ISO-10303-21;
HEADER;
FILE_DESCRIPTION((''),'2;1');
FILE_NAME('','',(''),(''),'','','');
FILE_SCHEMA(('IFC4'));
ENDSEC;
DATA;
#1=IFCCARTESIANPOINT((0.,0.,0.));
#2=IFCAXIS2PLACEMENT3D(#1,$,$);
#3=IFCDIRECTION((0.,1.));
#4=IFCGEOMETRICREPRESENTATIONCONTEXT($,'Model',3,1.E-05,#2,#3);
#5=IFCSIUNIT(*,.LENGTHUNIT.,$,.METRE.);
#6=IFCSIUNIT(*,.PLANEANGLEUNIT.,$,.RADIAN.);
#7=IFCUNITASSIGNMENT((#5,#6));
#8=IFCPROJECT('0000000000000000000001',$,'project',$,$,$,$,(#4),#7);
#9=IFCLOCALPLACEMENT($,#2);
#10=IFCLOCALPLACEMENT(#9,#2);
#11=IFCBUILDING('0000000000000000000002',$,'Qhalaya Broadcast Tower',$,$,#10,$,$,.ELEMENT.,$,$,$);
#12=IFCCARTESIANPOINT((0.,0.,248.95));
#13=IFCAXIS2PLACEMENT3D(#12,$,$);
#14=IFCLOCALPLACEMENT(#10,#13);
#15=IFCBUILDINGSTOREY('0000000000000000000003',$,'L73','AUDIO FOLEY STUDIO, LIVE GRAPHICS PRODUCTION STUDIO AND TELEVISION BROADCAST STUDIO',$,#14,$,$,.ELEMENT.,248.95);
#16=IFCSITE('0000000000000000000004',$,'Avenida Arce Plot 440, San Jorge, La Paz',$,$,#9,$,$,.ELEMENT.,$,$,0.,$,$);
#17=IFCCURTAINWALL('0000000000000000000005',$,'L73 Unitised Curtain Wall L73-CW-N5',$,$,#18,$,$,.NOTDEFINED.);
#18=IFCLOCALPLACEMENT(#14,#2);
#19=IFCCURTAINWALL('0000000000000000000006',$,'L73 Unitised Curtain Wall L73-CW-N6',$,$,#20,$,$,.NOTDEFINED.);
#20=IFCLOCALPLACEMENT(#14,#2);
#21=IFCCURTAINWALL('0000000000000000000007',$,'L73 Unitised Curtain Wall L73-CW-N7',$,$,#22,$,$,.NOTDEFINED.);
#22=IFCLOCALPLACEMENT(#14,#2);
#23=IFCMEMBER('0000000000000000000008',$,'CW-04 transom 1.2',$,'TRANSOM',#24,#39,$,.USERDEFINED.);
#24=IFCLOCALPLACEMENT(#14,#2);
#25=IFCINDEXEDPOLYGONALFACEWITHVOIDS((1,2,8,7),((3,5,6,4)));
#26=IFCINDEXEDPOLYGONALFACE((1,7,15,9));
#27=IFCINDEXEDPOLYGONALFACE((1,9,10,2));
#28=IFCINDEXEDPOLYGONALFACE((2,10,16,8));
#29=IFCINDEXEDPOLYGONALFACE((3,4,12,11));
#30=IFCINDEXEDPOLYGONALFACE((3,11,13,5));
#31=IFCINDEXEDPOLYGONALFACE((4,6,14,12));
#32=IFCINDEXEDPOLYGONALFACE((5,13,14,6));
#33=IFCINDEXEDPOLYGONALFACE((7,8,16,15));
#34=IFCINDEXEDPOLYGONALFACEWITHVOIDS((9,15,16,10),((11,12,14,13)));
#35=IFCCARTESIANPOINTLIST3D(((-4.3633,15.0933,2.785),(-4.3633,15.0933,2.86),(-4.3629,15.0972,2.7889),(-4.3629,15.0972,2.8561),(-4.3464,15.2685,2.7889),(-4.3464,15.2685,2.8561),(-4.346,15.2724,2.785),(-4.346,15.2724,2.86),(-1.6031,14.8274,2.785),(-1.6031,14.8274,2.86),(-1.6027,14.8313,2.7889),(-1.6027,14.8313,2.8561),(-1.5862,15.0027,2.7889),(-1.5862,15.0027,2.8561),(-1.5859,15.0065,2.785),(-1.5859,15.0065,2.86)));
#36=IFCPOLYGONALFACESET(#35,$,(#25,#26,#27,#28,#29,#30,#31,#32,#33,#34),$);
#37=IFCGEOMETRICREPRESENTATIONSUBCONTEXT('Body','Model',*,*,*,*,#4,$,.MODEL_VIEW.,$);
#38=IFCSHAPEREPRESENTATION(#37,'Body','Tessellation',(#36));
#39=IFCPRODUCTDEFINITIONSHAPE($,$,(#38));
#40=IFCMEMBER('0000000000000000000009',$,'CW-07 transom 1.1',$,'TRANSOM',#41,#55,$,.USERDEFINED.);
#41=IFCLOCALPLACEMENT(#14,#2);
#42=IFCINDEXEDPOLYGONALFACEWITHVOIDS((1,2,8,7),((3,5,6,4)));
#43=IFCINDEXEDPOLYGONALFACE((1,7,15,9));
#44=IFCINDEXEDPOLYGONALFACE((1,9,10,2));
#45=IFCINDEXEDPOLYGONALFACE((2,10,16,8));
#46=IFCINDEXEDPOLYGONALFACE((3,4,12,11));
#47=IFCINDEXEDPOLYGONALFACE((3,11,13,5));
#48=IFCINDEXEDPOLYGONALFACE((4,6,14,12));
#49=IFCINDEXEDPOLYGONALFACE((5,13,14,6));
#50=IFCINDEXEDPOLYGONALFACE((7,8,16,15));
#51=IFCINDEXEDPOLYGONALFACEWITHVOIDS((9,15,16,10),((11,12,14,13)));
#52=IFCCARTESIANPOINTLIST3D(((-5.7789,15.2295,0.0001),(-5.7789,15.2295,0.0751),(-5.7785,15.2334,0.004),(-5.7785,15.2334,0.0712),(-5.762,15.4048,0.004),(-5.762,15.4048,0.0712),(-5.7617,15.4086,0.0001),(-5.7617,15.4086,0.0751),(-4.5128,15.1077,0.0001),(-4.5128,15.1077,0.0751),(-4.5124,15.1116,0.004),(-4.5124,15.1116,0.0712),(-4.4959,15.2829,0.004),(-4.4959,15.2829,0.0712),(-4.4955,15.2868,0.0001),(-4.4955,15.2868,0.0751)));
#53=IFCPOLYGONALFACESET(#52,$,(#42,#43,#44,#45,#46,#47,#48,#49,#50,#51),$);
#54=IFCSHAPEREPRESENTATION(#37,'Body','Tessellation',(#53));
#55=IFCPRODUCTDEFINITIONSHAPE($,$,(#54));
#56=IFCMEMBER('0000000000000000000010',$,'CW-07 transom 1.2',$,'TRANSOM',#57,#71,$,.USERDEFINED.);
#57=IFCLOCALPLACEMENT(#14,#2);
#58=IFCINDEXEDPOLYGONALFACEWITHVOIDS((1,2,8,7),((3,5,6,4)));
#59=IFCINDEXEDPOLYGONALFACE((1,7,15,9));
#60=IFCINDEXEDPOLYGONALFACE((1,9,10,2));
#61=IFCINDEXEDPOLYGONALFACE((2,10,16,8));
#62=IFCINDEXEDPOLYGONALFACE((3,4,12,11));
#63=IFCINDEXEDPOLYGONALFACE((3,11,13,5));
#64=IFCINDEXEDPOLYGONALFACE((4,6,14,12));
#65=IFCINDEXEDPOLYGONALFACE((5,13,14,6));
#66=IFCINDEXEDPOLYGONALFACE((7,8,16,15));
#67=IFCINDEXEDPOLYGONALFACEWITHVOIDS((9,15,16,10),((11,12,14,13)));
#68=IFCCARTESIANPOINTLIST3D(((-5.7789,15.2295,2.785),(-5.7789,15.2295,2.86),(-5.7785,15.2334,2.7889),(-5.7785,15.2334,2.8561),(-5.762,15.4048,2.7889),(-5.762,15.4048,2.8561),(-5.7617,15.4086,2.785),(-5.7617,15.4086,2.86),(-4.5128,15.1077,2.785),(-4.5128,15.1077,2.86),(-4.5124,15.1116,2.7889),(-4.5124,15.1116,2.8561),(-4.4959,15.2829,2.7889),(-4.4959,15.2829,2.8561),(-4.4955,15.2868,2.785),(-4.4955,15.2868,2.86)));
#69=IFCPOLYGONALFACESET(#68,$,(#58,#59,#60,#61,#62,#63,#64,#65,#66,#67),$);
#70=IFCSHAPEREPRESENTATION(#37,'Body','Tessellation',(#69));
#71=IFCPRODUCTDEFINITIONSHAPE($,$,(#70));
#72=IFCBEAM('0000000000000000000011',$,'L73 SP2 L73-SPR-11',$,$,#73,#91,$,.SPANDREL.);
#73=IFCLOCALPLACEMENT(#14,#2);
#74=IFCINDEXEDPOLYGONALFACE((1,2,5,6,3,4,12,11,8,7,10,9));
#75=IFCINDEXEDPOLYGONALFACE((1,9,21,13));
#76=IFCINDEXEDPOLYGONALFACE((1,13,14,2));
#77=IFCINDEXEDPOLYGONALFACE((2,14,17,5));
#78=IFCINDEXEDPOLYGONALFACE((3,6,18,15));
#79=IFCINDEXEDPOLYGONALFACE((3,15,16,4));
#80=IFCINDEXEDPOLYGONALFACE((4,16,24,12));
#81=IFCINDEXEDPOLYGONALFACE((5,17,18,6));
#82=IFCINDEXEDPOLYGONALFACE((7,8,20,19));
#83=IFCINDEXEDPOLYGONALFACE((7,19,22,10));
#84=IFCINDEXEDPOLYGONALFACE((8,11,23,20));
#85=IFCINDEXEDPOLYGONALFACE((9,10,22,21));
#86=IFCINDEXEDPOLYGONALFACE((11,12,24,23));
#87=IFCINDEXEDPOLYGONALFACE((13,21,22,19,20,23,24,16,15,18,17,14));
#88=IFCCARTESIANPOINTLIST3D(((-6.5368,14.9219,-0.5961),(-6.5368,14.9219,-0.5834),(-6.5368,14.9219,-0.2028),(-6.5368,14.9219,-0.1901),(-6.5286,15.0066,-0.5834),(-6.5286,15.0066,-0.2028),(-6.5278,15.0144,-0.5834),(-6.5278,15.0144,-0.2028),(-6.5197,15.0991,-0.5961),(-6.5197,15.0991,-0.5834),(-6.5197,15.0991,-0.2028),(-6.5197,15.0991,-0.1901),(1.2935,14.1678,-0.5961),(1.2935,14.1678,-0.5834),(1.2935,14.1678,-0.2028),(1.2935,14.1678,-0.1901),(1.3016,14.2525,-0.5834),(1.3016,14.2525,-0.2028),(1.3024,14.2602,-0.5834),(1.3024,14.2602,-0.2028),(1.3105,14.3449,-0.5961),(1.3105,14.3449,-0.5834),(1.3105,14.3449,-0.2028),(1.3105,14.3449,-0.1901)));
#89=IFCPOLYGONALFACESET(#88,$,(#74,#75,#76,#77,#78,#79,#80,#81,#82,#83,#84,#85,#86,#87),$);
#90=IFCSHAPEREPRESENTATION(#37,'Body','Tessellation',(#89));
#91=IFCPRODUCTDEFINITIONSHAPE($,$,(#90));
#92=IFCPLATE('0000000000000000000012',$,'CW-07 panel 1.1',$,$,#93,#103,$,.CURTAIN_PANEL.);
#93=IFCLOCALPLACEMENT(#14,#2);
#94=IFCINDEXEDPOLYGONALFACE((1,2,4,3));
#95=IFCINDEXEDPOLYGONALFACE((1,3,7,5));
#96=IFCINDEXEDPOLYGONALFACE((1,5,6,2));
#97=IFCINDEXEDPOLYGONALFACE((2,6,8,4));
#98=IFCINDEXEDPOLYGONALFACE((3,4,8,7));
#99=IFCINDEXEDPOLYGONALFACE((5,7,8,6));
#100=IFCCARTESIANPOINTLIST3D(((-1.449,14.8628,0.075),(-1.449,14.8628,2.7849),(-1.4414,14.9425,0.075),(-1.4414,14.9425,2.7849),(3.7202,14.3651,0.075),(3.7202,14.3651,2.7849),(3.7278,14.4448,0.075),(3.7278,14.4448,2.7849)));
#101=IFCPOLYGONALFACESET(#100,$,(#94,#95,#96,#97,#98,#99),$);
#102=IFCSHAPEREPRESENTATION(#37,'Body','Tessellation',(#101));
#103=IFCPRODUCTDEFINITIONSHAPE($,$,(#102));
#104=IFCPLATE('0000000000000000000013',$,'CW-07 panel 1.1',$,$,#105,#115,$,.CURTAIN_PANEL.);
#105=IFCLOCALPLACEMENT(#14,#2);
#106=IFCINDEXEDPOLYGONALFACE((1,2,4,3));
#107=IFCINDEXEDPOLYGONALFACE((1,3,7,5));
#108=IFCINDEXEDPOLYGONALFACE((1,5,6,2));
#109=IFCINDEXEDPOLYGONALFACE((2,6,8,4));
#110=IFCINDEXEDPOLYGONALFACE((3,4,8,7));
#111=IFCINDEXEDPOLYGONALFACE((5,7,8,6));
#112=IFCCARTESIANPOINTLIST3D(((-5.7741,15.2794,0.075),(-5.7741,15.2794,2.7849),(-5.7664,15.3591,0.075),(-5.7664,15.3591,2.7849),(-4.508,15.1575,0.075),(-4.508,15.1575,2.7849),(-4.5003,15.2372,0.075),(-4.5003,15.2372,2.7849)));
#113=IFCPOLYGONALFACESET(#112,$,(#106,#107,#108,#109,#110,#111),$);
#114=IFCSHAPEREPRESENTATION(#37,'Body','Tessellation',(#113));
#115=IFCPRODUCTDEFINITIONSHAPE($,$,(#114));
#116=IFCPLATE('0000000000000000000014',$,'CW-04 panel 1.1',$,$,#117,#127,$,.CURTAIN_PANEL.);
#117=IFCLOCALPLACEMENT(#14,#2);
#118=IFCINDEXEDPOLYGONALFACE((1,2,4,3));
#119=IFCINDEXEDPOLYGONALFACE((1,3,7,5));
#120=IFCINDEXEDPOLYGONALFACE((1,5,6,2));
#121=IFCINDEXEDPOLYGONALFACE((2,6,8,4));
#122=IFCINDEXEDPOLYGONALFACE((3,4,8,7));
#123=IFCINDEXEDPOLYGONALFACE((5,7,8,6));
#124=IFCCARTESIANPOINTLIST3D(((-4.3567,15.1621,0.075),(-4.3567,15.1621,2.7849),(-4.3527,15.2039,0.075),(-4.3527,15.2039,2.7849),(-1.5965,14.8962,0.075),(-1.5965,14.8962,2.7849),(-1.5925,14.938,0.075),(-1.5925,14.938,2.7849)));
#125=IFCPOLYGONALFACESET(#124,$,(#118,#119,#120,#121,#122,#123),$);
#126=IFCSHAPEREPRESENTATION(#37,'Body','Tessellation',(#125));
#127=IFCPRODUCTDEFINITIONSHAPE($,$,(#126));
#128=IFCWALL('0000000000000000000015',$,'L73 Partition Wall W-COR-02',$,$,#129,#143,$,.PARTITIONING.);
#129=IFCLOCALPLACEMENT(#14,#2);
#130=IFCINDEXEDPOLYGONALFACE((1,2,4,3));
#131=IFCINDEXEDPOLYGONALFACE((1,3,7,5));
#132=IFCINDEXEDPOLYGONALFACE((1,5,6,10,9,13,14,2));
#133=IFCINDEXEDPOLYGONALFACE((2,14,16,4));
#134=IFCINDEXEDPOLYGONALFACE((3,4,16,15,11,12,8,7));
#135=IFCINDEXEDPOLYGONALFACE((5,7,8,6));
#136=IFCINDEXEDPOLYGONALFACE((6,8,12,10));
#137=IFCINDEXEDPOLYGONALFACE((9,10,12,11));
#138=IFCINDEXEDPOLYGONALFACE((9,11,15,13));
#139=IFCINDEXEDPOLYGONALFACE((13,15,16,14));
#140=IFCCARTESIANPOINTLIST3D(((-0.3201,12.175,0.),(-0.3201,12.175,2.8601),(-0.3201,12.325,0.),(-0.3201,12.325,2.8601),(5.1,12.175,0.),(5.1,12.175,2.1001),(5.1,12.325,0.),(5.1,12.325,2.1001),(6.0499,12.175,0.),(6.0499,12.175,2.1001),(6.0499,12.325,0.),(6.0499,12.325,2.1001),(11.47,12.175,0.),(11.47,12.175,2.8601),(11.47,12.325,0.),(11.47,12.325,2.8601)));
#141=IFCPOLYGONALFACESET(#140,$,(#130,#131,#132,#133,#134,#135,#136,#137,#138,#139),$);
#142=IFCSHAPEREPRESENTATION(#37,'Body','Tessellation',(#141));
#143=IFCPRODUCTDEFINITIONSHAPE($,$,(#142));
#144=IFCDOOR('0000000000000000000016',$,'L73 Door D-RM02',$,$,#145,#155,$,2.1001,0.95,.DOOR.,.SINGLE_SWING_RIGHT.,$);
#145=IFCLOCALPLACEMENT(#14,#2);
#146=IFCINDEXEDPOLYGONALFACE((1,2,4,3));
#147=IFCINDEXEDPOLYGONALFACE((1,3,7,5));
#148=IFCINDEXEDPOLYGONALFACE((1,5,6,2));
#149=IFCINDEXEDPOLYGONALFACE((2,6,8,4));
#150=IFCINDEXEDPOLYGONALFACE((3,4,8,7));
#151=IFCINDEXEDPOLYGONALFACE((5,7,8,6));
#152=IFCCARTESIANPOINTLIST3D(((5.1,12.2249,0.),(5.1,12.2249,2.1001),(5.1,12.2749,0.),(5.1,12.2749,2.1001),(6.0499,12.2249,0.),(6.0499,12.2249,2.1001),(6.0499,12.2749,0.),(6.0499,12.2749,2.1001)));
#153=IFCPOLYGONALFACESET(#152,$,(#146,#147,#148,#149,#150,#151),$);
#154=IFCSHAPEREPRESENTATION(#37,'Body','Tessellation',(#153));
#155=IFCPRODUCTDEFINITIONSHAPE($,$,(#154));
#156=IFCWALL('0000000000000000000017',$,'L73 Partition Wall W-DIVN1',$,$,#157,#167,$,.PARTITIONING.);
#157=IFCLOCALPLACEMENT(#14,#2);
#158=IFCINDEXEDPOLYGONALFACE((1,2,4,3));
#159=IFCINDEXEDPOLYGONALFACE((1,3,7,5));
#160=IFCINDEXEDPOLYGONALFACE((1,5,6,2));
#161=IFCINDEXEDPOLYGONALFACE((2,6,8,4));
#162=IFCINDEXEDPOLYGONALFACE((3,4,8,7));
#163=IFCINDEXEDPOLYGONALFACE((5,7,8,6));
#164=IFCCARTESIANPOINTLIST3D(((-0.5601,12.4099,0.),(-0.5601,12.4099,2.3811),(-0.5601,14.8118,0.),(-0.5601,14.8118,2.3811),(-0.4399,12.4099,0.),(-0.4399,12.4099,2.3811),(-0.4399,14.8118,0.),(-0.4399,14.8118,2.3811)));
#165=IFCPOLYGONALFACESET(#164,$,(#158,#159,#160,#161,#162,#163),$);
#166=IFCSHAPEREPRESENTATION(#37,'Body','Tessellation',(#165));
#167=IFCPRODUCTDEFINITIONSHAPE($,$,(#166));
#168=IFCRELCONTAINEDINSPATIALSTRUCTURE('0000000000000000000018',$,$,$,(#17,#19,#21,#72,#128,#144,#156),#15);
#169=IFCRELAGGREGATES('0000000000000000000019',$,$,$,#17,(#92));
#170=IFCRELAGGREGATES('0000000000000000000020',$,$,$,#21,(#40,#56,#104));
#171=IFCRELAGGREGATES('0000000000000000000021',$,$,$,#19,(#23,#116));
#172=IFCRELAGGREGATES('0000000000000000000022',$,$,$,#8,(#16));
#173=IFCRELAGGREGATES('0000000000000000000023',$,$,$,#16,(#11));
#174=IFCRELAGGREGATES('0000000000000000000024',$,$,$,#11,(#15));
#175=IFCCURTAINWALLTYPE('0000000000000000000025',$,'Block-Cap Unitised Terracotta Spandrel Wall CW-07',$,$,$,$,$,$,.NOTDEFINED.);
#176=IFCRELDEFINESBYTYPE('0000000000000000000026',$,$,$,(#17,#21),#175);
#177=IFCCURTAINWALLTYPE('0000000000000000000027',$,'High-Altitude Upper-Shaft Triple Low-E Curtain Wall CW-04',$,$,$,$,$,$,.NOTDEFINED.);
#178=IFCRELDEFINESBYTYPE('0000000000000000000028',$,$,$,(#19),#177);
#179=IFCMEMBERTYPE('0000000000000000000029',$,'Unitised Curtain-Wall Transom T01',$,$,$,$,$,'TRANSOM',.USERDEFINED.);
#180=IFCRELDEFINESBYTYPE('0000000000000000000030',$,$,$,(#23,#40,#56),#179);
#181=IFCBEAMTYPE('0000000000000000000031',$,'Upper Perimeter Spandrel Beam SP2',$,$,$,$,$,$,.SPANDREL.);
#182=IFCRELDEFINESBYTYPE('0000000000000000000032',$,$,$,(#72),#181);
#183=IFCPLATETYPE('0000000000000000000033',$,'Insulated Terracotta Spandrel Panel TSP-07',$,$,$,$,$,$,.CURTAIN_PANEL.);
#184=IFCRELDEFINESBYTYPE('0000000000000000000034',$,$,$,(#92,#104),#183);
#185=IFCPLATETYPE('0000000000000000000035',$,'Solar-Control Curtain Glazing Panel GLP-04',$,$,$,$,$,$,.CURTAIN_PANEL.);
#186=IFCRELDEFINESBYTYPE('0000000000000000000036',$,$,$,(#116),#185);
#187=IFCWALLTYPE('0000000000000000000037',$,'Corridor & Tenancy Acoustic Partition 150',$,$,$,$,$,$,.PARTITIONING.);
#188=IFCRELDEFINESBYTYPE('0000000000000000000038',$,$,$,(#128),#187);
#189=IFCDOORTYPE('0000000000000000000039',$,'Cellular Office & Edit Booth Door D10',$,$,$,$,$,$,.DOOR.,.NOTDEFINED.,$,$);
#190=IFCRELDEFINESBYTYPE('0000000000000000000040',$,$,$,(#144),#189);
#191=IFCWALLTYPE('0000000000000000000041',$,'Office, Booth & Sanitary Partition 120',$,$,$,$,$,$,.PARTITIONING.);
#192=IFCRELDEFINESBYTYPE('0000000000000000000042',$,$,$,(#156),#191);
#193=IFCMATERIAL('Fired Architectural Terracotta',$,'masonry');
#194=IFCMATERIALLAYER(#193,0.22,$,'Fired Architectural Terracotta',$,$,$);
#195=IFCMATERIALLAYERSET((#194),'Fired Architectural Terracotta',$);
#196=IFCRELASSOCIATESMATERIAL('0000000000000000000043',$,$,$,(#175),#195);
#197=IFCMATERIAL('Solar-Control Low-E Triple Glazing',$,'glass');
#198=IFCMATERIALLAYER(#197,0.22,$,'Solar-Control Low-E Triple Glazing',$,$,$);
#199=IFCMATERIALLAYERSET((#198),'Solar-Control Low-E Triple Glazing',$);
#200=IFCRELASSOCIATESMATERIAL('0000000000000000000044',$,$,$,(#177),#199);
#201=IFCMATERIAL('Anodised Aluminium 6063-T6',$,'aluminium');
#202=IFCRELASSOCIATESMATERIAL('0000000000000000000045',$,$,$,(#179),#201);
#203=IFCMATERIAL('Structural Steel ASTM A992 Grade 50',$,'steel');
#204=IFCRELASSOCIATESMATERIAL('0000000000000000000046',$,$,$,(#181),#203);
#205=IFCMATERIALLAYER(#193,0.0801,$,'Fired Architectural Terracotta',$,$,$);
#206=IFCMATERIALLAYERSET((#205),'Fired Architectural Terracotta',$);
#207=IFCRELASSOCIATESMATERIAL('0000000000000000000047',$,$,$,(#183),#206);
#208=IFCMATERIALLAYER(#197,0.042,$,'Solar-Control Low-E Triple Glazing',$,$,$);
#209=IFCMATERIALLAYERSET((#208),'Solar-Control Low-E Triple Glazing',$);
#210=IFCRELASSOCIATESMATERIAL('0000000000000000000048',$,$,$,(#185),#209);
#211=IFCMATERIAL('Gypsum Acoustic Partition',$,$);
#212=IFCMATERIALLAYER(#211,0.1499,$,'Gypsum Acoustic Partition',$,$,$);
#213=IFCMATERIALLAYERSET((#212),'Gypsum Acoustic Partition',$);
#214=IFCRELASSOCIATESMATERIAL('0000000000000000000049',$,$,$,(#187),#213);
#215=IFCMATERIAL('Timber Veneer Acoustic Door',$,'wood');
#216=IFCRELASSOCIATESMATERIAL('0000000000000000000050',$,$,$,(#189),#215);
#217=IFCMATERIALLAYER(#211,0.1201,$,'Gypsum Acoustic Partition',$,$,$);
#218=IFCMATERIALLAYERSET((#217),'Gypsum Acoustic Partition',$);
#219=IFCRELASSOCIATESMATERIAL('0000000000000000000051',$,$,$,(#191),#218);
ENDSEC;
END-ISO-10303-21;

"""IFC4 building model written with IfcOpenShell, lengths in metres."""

from ifc_helpers import new_model, si_unit, direction, frame, frame_2d, origin, origin_2d, place, context, subcontext, project, spatial, rectangle, hollow_rectangle, i_section, extrude, material, layer, layer_set, material_profile, profile_set, type_object, element, fill, aggregate, save


model = new_model("IFC4")

# Units and contexts
model_context = context("Model", 3, precision=1e-05, world=origin(), true_north=direction((0.0, 1.0)))
body_context = subcontext(model_context, "Body", "Model", "MODEL_VIEW")
ifc_project = project(units=[si_unit("LENGTHUNIT", "METRE"), si_unit("PLANEANGLEUNIT", "RADIAN")], contexts=[model_context])

# Site, building, storey
site_placement = place(None, origin())
site = spatial("IfcSite", under=ifc_project, at=site_placement, Name="Avenida Arce Plot 440, San Jorge, La Paz", CompositionType="ELEMENT", RefElevation=0.0)
building_placement = place(site_placement, origin())
building = spatial("IfcBuilding", under=site, at=building_placement, Name="Qhalaya Broadcast Tower", CompositionType="ELEMENT")
storey_placement = place(building_placement, frame((0.0, 0.0, 248.95)))
storey = spatial("IfcBuildingStorey", under=building, at=storey_placement, Name="L73", Description="AUDIO FOLEY STUDIO, LIVE GRAPHICS PRODUCTION STUDIO AND TELEVISION BROADCAST STUDIO", CompositionType="ELEMENT", Elevation=248.95)

# Shared definitions
ifc_material_1 = material(Name="Structural Steel ASTM A992 Grade 50", Category="steel")

# Curtain wall
ifc_material_2 = material(Name="Fired Architectural Terracotta", Category="masonry")
ifc_layer_1 = layer(ifc_material_2, 0.22, Name="Fired Architectural Terracotta")
ifc_layer_set_1 = layer_set([ifc_layer_1], Name="Fired Architectural Terracotta")
curtain_wall_type_1 = type_object("IfcCurtainWallType", Name="Block-Cap Unitised Terracotta Spandrel Wall CW-07", PredefinedType="NOTDEFINED", material=ifc_layer_set_1)
curtain_wall_1_placement = place(storey_placement, origin())
curtain_wall_1 = element("IfcCurtainWall", 1, at=curtain_wall_1_placement, inside=storey, type_object=curtain_wall_type_1, Name="L73 Unitised Curtain Wall L73-CW-N5", PredefinedType="NOTDEFINED")
ifc_material_3 = material(Name="Anodised Aluminium 6063-T6", Category="aluminium")

# Curtain walls
ifc_material_4 = material(Name="Solar-Control Low-E Triple Glazing", Category="glass")
ifc_layer_2 = layer(ifc_material_4, 0.22, Name="Solar-Control Low-E Triple Glazing")
ifc_layer_set_2 = layer_set([ifc_layer_2], Name="Solar-Control Low-E Triple Glazing")
curtain_wall_type_2 = type_object("IfcCurtainWallType", Name="High-Altitude Upper-Shaft Triple Low-E Curtain Wall CW-04", PredefinedType="NOTDEFINED", material=ifc_layer_set_2)
curtain_wall_2_placement = place(storey_placement, origin())
curtain_wall_2 = element("IfcCurtainWall", 2, at=curtain_wall_2_placement, inside=storey, type_object=curtain_wall_type_2, Name="L73 Unitised Curtain Wall L73-CW-N6", PredefinedType="NOTDEFINED")
curtain_wall_3_placement = place(storey_placement, origin())
curtain_wall_3 = element("IfcCurtainWall", 3, at=curtain_wall_3_placement, inside=storey, type_object=curtain_wall_type_1, Name="L73 Unitised Curtain Wall L73-CW-N7", PredefinedType="NOTDEFINED")

# Members
ifc_material_profile_1 = material_profile(ifc_material_3, hollow_rectangle(XDim=0.075, YDim=0.1799, WallThickness=0.0039, at=origin_2d()), Name="ALU-TRN 75x180x4")
ifc_profile_set_1 = profile_set([ifc_material_profile_1], Name="Anodised Aluminium 6063-T6")
member_type_1 = type_object("IfcMemberType", Name="Unitised Curtain-Wall Transom T01", ElementType="TRANSOM", PredefinedType="USERDEFINED", material=ifc_profile_set_1)
member_1_placement = place(storey_placement, frame((-1.5945, 14.917, 2.8225), z_axis=(-0.995393, 0.095877, 0.0), x_axis=(0.0, 0.0, 1.0)))
member_1 = element("IfcMember", 4, at=member_1_placement, type_object=member_type_1, Name="CW-04 transom 1.2", ObjectType="TRANSOM", PredefinedType="USERDEFINED", context=body_context, shape_type="SweptSolid", body=[
    extrude(hollow_rectangle(XDim=0.075, YDim=0.1799, WallThickness=0.0039, at=origin_2d()), origin(), (0.0, 0.0, 1.0), 2.7729),
])
member_2_placement = place(storey_placement, frame((-4.5042, 15.1973, 0.0376), z_axis=(-0.995403, 0.095778, 0.0), x_axis=(0.0, 0.0, 1.0)))
member_2 = element("IfcMember", 5, at=member_2_placement, type_object=member_type_1, Name="CW-07 transom 1.1", ObjectType="TRANSOM", PredefinedType="USERDEFINED", context=body_context, shape_type="SweptSolid", body=[
    extrude(hollow_rectangle(XDim=0.075, YDim=0.1799, WallThickness=0.0039, at=origin_2d()), origin(), (0.0, 0.0, 1.0), 1.272),
])
member_3_placement = place(storey_placement, frame((-4.5042, 15.1973, 2.8225), z_axis=(-0.995403, 0.095778, 0.0), x_axis=(0.0, 0.0, 1.0)))
member_3 = element("IfcMember", 6, at=member_3_placement, type_object=member_type_1, Name="CW-07 transom 1.2", ObjectType="TRANSOM", PredefinedType="USERDEFINED", context=body_context, shape_type="SweptSolid", body=[
    extrude(hollow_rectangle(XDim=0.075, YDim=0.1799, WallThickness=0.0039, at=origin_2d()), origin(), (0.0, 0.0, 1.0), 1.272),
])

# Beam
ifc_material_profile_2 = material_profile(ifc_material_1, i_section(OverallWidth=0.178, OverallDepth=0.406, WebThickness=0.0078, FlangeThickness=0.0127, at=origin_2d()), Name="W16X40")
ifc_profile_set_2 = profile_set([ifc_material_profile_2], Name="Structural Steel ASTM A992 Grade 50")
beam_type_1 = type_object("IfcBeamType", Name="Upper Perimeter Spandrel Beam SP2", PredefinedType="SPANDREL", material=ifc_profile_set_2)
beam_1_placement = place(storey_placement, frame((1.302, 14.2563, -0.3931), z_axis=(-0.995394, 0.095868, 0.0), x_axis=(-0.095868, -0.995394, 0.0)))
element("IfcBeam", 7, at=beam_1_placement, inside=storey, type_object=beam_type_1, Name="L73 SP2 L73-SPR-11", PredefinedType="SPANDREL", context=body_context, shape_type="SweptSolid", body=[
    extrude(i_section(OverallWidth=0.178, OverallDepth=0.406, WebThickness=0.0078, FlangeThickness=0.0127, at=origin_2d()), origin(), (0.0, 0.0, 1.0), 7.8665),
])

# Plates
ifc_layer_3 = layer(ifc_material_2, 0.0801, Name="Fired Architectural Terracotta")
ifc_layer_set_3 = layer_set([ifc_layer_3], Name="Fired Architectural Terracotta")
plate_type_1 = type_object("IfcPlateType", Name="Insulated Terracotta Spandrel Panel TSP-07", PredefinedType="CURTAIN_PANEL", material=ifc_layer_set_3)
plate_1_placement = place(storey_placement, frame((1.1394, 14.6538, 0.075), z_axis=(0.0, 0.0, 1.0), x_axis=(-0.995396, 0.095845, 0.0)))
plate_1 = element("IfcPlate", 8, at=plate_1_placement, type_object=plate_type_1, Name="CW-07 panel 1.1", PredefinedType="CURTAIN_PANEL", context=body_context, shape_type="SweptSolid", body=[
    extrude(rectangle(XDim=5.1931, YDim=0.0801, at=origin_2d()), origin(), (0.0, 0.0, 1.0), 2.71),
])
aggregate(curtain_wall_1, [plate_1])
plate_2_placement = place(storey_placement, frame((-5.1372, 15.2583, 0.075), z_axis=(0.0, 0.0, 1.0), x_axis=(-0.995395, 0.095854, 0.0)))
plate_2 = element("IfcPlate", 9, at=plate_2_placement, type_object=plate_type_1, Name="CW-07 panel 1.1", PredefinedType="CURTAIN_PANEL", context=body_context, shape_type="SweptSolid", body=[
    extrude(rectangle(XDim=1.272, YDim=0.0801, at=origin_2d()), origin(), (0.0, 0.0, 1.0), 2.71),
])
aggregate(curtain_wall_3, [member_2, member_3, plate_2])
ifc_layer_4 = layer(ifc_material_4, 0.042, Name="Solar-Control Low-E Triple Glazing")
ifc_layer_set_4 = layer_set([ifc_layer_4], Name="Solar-Control Low-E Triple Glazing")
plate_type_2 = type_object("IfcPlateType", Name="Solar-Control Curtain Glazing Panel GLP-04", PredefinedType="CURTAIN_PANEL", material=ifc_layer_set_4)
plate_3_placement = place(storey_placement, frame((-2.9746, 15.05, 0.075), z_axis=(0.0, 0.0, 1.0), x_axis=(-0.995395, 0.095858, 0.0)))
plate_3 = element("IfcPlate", 10, at=plate_3_placement, type_object=plate_type_2, Name="CW-04 panel 1.1", PredefinedType="CURTAIN_PANEL", context=body_context, shape_type="SweptSolid", body=[
    extrude(rectangle(XDim=2.7729, YDim=0.042, at=origin_2d()), origin(), (0.0, 0.0, 1.0), 2.71),
])
aggregate(curtain_wall_2, [member_1, plate_3])

# Wall, opening, door
ifc_material_5 = material(Name="Gypsum Acoustic Partition")
ifc_layer_5 = layer(ifc_material_5, 0.1499, Name="Gypsum Acoustic Partition")
ifc_layer_set_5 = layer_set([ifc_layer_5], Name="Gypsum Acoustic Partition")
wall_type_1 = type_object("IfcWallType", Name="Corridor & Tenancy Acoustic Partition 150", PredefinedType="PARTITIONING", material=ifc_layer_set_5)
wall_1_placement = place(storey_placement, frame((-0.3201, 12.25, 0.0), z_axis=(0.0, 0.0, 1.0), x_axis=(1.0, 0.0, 0.0)))
wall_1 = element("IfcWall", 11, at=wall_1_placement, inside=storey, type_object=wall_type_1, Name="L73 Partition Wall W-COR-02", PredefinedType="PARTITIONING", context=body_context, shape_type="SweptSolid", body=[
    extrude(rectangle(XDim=11.79, YDim=0.1499, at=frame_2d((5.895, 0.0))), origin(), (0.0, 0.0, 1.0), 2.8601),
])
opening_placement = place(wall_1_placement, frame((5.4199, 0.0, 0.0)))
opening = element("IfcOpeningElement", 12, at=opening_placement, cuts=wall_1, PredefinedType="OPENING", context=body_context, shape_type="SweptSolid", body=[
    extrude(rectangle(XDim=0.95, YDim=2.1001, at=frame_2d((0.4751, 1.05))), frame((0.0, 0.0869, 0.0), z_axis=(0.0, -1.0, 0.0), x_axis=(1.0, 0.0, 0.0)), (0.0, 0.0, 1.0), 0.1738),
])
ifc_material_6 = material(Name="Timber Veneer Acoustic Door", Category="wood")
door_type = type_object("IfcDoorType", Name="Cellular Office & Edit Booth Door D10", OperationType="NOTDEFINED", PredefinedType="DOOR", material=ifc_material_6)
door_placement = place(opening_placement, origin())
door = element("IfcDoor", 13, at=door_placement, inside=storey, type_object=door_type, Name="L73 Door D-RM02", OperationType="SINGLE_SWING_RIGHT", OverallHeight=2.1001, OverallWidth=0.95, PredefinedType="DOOR", context=body_context, shape_type="SweptSolid", body=[
    extrude(rectangle(XDim=0.95, YDim=2.1001, at=frame_2d((0.4751, 1.05))), frame((0.0, 0.0249, 0.0), z_axis=(0.0, -1.0, 0.0), x_axis=(1.0, 0.0, 0.0)), (0.0, 0.0, 1.0), 0.05),
])
fill(opening, door)

# Wall
ifc_layer_6 = layer(ifc_material_5, 0.1201, Name="Gypsum Acoustic Partition")
ifc_layer_set_6 = layer_set([ifc_layer_6], Name="Gypsum Acoustic Partition")
wall_type_2 = type_object("IfcWallType", Name="Office, Booth & Sanitary Partition 120", PredefinedType="PARTITIONING", material=ifc_layer_set_6)
wall_2_placement = place(storey_placement, frame((-0.5, 12.4099, 0.0), z_axis=(0.0, 0.0, 1.0), x_axis=(0.0, 1.0, 0.0)))
element("IfcWall", 14, at=wall_2_placement, inside=storey, type_object=wall_type_2, Name="L73 Partition Wall W-DIVN1", PredefinedType="PARTITIONING", context=body_context, shape_type="SweptSolid", body=[
    extrude(rectangle(XDim=2.4019, YDim=0.1201, at=frame_2d((1.2009, 0.0))), origin(), (0.0, 0.0, 1.0), 2.3811),
])

save(model, "model.ifc")
